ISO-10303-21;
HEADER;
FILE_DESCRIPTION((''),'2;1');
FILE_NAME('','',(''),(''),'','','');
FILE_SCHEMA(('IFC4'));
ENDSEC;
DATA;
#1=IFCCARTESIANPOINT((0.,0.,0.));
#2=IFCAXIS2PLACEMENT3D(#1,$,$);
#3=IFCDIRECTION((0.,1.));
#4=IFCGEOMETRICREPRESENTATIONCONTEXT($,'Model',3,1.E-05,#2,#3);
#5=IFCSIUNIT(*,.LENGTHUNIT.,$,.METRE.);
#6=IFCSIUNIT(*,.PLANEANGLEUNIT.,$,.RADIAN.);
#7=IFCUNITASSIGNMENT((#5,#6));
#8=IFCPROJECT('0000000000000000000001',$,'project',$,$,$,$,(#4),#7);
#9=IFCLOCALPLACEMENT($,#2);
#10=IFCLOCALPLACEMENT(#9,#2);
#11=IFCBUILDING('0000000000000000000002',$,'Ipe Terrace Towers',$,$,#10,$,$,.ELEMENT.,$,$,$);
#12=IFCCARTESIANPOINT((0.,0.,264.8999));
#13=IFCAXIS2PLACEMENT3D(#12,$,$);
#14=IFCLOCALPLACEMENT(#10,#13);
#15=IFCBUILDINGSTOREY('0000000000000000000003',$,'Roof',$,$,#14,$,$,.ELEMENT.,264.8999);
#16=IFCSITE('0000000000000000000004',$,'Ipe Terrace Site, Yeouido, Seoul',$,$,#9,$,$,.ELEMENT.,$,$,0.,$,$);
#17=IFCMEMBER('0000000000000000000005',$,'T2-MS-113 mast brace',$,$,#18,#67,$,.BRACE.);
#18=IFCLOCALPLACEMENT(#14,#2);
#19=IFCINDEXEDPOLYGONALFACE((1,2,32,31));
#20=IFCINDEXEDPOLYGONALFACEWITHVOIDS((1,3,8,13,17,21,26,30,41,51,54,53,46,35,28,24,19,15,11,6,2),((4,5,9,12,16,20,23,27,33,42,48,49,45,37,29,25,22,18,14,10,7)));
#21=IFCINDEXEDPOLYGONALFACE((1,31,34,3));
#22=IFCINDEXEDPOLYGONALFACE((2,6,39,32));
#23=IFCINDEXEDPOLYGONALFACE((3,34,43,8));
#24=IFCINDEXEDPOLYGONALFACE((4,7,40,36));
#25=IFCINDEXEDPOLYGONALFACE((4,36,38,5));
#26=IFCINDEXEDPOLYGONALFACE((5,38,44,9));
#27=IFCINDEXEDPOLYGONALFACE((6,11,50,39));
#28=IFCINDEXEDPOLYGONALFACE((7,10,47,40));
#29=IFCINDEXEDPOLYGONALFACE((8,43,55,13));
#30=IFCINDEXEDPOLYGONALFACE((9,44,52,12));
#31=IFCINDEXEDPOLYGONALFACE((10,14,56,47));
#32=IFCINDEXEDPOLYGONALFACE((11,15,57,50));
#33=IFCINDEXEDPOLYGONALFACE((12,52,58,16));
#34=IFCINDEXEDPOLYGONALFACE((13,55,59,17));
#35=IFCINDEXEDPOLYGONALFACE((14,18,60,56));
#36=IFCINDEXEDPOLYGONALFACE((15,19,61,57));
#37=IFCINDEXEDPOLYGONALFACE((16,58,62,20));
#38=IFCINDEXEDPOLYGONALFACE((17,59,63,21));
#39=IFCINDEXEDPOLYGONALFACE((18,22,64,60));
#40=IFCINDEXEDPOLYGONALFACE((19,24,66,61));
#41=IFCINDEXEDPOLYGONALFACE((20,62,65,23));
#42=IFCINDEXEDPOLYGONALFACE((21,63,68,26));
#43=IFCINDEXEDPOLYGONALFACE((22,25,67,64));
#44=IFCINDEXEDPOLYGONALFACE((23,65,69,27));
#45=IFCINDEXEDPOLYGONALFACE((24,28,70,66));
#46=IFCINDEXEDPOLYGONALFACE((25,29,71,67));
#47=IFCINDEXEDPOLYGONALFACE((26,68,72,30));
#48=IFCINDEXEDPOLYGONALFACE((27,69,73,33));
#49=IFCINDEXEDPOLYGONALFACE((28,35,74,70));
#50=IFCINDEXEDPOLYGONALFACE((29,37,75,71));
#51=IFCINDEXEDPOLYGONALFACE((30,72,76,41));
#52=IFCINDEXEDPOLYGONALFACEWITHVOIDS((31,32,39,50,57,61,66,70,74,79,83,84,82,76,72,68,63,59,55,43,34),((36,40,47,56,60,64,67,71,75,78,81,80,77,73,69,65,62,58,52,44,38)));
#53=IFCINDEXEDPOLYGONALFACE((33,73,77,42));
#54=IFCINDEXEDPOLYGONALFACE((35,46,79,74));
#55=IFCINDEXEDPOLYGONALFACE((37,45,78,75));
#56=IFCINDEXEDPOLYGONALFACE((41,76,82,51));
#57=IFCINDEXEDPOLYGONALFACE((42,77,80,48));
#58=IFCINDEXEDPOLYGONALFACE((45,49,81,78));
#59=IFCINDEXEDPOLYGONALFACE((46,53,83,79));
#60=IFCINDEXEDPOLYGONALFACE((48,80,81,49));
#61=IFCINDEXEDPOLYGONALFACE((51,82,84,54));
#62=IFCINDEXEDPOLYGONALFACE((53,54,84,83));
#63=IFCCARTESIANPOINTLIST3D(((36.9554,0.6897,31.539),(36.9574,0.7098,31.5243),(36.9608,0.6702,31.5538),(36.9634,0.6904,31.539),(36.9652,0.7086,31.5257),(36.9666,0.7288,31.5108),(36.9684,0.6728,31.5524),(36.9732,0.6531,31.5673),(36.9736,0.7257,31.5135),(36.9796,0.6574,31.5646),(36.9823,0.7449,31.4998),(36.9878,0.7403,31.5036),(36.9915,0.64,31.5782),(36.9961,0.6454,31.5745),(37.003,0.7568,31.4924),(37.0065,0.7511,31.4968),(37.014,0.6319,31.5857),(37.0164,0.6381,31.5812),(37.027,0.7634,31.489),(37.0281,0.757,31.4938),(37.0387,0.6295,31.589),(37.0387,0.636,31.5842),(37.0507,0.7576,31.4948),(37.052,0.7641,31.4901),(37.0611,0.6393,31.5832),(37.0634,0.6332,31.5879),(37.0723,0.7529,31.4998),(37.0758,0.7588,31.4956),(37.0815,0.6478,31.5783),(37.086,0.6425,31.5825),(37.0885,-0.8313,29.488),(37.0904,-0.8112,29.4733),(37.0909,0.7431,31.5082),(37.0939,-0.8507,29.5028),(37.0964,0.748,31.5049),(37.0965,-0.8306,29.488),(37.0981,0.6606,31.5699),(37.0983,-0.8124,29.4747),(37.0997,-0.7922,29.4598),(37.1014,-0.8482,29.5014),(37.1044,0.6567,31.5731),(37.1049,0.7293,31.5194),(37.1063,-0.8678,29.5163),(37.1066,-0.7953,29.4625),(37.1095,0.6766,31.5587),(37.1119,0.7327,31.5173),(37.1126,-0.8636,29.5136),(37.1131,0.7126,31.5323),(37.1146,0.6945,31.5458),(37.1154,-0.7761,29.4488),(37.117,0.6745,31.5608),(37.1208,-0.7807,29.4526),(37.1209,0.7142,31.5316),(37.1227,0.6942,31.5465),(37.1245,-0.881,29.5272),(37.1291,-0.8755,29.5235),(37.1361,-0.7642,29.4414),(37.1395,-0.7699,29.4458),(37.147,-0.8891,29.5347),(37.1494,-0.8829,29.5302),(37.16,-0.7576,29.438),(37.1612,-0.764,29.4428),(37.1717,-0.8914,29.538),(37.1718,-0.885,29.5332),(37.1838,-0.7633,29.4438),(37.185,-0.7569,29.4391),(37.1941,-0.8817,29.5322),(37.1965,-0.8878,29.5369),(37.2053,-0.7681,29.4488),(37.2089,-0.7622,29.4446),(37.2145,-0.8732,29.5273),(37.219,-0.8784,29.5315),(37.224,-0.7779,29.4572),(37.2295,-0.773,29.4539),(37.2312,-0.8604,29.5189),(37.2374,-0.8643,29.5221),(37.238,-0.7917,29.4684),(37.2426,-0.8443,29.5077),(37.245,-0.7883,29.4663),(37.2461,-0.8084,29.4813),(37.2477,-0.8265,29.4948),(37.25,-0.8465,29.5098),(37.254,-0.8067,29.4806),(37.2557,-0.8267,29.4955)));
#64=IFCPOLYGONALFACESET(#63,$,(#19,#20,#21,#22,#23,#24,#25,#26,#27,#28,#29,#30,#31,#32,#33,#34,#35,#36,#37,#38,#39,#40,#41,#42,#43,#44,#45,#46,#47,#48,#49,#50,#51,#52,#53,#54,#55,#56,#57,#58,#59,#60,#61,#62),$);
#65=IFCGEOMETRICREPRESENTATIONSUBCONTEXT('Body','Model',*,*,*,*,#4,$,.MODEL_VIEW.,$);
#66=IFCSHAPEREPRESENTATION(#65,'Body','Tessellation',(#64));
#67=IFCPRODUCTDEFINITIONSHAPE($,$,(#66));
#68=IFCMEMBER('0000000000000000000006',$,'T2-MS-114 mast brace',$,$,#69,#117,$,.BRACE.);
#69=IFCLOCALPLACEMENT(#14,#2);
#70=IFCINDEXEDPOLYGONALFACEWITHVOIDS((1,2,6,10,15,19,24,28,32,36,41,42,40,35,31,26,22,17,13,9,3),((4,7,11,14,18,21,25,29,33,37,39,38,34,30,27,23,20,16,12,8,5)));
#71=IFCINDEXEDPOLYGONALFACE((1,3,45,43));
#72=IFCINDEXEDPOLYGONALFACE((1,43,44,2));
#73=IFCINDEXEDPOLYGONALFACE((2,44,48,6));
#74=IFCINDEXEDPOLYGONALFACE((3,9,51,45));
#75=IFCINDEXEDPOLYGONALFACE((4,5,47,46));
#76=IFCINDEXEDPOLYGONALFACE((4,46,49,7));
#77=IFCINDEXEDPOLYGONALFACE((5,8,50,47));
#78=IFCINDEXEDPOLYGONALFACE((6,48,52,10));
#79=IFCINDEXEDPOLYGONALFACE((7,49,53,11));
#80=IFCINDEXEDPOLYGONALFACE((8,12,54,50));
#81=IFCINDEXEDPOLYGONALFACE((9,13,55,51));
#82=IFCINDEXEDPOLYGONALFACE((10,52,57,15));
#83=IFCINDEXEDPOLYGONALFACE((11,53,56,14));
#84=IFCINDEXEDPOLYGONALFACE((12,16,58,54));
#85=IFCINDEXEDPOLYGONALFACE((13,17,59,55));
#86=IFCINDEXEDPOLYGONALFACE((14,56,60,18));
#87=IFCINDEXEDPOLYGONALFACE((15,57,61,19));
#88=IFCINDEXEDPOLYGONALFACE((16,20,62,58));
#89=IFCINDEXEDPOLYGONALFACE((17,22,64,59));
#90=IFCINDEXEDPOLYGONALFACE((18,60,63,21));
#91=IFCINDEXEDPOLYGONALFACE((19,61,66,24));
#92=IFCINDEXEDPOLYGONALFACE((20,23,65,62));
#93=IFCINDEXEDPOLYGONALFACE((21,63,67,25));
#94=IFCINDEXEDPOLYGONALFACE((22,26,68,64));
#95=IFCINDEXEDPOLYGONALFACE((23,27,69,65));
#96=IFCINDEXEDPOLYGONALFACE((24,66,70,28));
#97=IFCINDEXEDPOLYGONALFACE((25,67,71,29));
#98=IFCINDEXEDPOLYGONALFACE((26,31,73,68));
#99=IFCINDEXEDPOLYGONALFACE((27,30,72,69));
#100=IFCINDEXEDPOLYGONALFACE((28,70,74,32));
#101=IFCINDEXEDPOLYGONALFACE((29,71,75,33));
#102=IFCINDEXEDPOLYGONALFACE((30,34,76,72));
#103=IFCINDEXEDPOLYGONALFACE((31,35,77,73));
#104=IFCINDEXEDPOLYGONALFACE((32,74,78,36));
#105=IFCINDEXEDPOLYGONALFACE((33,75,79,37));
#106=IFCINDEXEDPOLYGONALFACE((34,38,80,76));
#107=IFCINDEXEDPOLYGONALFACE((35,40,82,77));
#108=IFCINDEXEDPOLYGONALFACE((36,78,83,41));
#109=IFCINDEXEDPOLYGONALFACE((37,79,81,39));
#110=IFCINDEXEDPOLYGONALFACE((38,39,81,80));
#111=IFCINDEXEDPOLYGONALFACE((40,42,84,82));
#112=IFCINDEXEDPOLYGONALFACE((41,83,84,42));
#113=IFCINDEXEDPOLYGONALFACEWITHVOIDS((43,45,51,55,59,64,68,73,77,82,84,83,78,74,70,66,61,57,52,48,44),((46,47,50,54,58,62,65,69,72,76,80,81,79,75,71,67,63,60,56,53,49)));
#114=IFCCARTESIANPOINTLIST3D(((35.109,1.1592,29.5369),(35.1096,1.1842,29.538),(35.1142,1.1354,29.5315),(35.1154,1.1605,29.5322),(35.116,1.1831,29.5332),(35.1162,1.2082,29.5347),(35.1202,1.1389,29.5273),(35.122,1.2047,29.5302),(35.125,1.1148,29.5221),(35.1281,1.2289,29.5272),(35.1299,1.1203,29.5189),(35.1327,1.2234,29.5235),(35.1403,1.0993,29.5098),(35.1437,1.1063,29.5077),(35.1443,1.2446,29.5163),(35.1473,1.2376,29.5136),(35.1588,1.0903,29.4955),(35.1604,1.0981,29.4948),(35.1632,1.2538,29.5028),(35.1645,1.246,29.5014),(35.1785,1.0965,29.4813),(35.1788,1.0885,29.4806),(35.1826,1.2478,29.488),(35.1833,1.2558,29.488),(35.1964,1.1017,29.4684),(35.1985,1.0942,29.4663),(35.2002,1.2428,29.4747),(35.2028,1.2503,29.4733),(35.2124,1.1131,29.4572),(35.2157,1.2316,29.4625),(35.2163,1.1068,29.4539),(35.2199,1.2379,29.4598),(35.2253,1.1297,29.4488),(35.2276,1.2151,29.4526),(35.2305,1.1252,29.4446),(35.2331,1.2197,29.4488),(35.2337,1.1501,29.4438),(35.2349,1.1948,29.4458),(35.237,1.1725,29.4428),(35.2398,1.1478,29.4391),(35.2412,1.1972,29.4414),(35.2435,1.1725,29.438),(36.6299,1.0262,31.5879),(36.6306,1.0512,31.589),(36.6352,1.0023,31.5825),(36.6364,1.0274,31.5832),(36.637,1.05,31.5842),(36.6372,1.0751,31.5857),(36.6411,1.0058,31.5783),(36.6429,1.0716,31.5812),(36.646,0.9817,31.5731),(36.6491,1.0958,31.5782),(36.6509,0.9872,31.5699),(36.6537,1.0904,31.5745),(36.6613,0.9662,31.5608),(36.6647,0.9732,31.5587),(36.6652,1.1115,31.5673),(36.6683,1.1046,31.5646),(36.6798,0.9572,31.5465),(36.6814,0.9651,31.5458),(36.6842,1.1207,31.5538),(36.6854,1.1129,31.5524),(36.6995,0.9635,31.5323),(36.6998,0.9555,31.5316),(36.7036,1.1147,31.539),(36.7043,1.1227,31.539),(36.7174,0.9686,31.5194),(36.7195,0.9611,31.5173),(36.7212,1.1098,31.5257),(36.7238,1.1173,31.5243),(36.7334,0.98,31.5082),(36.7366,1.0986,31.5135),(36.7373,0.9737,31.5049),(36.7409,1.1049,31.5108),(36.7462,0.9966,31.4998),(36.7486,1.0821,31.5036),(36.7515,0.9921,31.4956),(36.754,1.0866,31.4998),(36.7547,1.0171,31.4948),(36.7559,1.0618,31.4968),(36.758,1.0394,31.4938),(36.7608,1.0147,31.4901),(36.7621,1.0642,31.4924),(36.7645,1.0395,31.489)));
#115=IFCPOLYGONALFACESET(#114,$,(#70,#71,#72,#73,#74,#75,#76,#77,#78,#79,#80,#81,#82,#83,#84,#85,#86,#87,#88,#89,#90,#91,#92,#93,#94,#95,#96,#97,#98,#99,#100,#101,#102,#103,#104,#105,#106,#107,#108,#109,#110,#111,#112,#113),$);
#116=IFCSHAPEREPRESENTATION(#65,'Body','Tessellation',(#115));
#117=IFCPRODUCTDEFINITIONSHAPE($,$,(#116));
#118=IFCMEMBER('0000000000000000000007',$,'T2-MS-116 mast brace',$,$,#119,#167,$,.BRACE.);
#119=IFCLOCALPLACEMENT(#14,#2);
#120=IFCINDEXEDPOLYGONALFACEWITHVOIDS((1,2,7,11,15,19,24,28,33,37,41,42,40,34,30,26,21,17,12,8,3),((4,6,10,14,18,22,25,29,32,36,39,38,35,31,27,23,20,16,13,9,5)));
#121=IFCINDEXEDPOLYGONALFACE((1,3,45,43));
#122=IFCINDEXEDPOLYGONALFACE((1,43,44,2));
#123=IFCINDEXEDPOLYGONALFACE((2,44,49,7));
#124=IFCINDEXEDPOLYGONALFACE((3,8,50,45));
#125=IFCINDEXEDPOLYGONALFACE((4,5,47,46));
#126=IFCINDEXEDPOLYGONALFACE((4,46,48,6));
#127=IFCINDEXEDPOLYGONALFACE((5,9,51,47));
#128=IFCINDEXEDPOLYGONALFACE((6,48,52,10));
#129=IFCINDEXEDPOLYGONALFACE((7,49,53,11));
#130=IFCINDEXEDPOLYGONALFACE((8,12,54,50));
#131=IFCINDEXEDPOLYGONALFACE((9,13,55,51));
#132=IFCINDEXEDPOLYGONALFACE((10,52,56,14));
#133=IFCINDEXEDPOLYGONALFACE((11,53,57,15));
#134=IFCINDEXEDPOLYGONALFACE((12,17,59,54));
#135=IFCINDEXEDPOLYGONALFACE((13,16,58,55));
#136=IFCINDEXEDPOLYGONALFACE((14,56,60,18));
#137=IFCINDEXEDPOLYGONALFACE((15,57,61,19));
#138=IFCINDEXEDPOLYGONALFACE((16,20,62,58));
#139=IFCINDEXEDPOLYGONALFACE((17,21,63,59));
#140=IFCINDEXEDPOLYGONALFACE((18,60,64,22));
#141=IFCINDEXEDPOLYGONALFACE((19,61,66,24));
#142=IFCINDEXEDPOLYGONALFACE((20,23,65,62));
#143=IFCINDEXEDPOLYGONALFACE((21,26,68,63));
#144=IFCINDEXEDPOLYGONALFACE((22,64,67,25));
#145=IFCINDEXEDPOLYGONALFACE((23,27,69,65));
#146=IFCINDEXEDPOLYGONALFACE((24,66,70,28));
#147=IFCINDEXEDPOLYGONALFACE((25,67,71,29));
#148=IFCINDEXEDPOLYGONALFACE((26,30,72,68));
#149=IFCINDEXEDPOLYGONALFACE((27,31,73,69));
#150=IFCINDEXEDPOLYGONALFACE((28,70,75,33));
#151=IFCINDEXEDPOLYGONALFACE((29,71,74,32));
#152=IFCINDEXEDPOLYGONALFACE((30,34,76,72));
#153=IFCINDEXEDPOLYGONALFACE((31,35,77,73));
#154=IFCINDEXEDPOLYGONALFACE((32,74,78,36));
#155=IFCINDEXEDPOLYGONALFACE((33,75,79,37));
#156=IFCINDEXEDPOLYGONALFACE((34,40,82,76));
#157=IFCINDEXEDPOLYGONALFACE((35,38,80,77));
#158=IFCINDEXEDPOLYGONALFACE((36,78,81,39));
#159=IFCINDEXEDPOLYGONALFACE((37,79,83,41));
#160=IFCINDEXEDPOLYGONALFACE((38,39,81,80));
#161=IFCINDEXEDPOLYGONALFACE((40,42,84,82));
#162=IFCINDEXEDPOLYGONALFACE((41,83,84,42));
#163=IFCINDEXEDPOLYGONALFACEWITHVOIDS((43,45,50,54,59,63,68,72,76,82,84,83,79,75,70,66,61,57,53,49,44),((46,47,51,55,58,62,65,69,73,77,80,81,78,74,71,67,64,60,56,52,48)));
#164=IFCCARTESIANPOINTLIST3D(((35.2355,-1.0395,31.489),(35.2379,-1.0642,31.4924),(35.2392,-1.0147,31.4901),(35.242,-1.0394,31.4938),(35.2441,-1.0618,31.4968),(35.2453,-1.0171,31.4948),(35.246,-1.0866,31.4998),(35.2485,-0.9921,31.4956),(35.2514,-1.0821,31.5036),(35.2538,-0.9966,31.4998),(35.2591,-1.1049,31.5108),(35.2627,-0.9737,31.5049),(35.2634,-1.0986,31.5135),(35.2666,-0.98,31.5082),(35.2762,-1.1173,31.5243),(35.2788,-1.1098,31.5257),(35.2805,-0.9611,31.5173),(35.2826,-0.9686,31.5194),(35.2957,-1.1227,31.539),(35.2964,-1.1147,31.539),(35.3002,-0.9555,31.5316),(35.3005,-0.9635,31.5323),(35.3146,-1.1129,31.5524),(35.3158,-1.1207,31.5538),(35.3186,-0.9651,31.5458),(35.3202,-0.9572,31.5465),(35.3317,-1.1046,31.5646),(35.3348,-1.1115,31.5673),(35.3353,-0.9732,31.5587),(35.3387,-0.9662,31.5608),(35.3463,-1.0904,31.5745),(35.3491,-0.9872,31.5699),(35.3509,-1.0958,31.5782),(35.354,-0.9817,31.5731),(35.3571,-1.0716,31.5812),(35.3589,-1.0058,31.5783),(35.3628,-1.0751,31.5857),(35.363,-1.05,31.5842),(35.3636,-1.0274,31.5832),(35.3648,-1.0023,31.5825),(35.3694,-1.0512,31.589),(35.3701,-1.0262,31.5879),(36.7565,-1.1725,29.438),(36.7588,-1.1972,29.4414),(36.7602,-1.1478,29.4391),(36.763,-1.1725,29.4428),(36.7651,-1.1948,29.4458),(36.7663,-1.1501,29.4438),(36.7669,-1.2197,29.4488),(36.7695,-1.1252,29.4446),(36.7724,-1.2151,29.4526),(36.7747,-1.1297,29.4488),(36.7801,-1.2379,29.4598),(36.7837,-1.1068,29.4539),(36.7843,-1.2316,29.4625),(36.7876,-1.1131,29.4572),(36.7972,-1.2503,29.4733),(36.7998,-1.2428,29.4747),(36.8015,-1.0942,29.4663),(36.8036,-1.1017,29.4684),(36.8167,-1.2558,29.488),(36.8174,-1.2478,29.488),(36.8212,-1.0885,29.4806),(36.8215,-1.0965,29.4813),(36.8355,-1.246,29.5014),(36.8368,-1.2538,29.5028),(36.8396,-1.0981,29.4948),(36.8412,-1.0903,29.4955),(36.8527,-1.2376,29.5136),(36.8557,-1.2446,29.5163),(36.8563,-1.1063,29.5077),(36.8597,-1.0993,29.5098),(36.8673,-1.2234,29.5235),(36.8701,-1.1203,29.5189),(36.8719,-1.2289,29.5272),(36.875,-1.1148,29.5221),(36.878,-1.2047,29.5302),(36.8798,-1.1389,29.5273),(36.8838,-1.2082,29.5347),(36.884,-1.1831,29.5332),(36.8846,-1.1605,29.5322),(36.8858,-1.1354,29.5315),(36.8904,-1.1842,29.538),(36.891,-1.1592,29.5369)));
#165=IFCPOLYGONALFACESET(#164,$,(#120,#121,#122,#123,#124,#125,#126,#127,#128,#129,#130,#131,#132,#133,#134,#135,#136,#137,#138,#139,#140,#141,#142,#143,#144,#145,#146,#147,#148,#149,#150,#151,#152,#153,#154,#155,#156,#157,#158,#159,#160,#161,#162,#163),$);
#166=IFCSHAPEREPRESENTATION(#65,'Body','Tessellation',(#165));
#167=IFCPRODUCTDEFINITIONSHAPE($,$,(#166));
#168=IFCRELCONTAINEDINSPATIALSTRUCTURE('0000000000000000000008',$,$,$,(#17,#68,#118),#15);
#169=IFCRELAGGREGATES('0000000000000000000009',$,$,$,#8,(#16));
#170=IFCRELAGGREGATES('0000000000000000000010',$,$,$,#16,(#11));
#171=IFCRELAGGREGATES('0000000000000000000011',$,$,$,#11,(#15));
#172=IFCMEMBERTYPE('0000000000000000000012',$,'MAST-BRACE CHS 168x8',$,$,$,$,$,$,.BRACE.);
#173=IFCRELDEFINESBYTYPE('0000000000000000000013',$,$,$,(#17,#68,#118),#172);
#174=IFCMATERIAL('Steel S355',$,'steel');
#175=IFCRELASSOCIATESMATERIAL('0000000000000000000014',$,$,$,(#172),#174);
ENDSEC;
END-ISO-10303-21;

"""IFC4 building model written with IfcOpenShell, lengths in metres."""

from ifc_helpers import new_model, si_unit, direction, frame, origin, origin_2d, place, context, subcontext, project, spatial, hollow_circle, extrude, material, material_profile, profile_set, type_object, element, save


model = new_model("IFC4")

# Units and contexts
model_context = context("Model", 3, precision=1e-05, world=origin(), true_north=direction((0.0, 1.0)))
body_context = subcontext(model_context, "Body", "Model", "MODEL_VIEW")
ifc_project = project(units=[si_unit("LENGTHUNIT", "METRE"), si_unit("PLANEANGLEUNIT", "RADIAN")], contexts=[model_context])

# Site, building, storey
site_placement = place(None, origin())
site = spatial("IfcSite", under=ifc_project, at=site_placement, Name="Ipe Terrace Site, Yeouido, Seoul", CompositionType="ELEMENT", RefElevation=0.0)
building_placement = place(site_placement, origin())
building = spatial("IfcBuilding", under=site, at=building_placement, Name="Ipe Terrace Towers", CompositionType="ELEMENT")
storey_placement = place(building_placement, frame((0.0, 0.0, 264.8999)))
storey = spatial("IfcBuildingStorey", under=building, at=storey_placement, Name="Roof", CompositionType="ELEMENT", Elevation=264.8999)

# Members
ifc_material_1 = material(Name="Steel S355", Category="steel")
ifc_material_profile_1 = material_profile(ifc_material_1, hollow_circle(Radius=0.084, WallThickness=0.0081, at=origin_2d()), Name="MAST-BRACE CHS 168x8")
ifc_profile_set_1 = profile_set([ifc_material_profile_1], Name="Steel S355")
member_type_1 = type_object("IfcMemberType", Name="MAST-BRACE CHS 168x8", PredefinedType="BRACE", material=ifc_profile_set_1)
for number, where, z_axis, x_axis, name in (
    (1, (37.1721, -0.824, 29.488), (-0.052038, 0.594855, 0.802147), (-0.996195, -0.087147, 0.0), "T2-MS-113 mast brace"),
    (2, (35.176, 1.1721, 29.488), (0.594855, -0.052038, 0.802147), (0.087147, 0.996195, 0.0), "T2-MS-114 mast brace"),
    (3, (36.824, -1.1721, 29.488), (-0.594855, 0.052038, 0.802147), (-0.087147, -0.996195, 0.0), "T2-MS-116 mast brace"),
):
    element("IfcMember", number, at=place(storey_placement, frame(where, z_axis=z_axis, x_axis=x_axis)), inside=storey, type_object=member_type_1, Name=name, PredefinedType="BRACE", context=body_context, shape_type="SweptSolid", body=[
        extrude(hollow_circle(Radius=0.084, WallThickness=0.0081, at=origin_2d()), origin(), (0.0, 0.0, 1.0), 2.5569),
    ])

save(model, "model.ifc")
